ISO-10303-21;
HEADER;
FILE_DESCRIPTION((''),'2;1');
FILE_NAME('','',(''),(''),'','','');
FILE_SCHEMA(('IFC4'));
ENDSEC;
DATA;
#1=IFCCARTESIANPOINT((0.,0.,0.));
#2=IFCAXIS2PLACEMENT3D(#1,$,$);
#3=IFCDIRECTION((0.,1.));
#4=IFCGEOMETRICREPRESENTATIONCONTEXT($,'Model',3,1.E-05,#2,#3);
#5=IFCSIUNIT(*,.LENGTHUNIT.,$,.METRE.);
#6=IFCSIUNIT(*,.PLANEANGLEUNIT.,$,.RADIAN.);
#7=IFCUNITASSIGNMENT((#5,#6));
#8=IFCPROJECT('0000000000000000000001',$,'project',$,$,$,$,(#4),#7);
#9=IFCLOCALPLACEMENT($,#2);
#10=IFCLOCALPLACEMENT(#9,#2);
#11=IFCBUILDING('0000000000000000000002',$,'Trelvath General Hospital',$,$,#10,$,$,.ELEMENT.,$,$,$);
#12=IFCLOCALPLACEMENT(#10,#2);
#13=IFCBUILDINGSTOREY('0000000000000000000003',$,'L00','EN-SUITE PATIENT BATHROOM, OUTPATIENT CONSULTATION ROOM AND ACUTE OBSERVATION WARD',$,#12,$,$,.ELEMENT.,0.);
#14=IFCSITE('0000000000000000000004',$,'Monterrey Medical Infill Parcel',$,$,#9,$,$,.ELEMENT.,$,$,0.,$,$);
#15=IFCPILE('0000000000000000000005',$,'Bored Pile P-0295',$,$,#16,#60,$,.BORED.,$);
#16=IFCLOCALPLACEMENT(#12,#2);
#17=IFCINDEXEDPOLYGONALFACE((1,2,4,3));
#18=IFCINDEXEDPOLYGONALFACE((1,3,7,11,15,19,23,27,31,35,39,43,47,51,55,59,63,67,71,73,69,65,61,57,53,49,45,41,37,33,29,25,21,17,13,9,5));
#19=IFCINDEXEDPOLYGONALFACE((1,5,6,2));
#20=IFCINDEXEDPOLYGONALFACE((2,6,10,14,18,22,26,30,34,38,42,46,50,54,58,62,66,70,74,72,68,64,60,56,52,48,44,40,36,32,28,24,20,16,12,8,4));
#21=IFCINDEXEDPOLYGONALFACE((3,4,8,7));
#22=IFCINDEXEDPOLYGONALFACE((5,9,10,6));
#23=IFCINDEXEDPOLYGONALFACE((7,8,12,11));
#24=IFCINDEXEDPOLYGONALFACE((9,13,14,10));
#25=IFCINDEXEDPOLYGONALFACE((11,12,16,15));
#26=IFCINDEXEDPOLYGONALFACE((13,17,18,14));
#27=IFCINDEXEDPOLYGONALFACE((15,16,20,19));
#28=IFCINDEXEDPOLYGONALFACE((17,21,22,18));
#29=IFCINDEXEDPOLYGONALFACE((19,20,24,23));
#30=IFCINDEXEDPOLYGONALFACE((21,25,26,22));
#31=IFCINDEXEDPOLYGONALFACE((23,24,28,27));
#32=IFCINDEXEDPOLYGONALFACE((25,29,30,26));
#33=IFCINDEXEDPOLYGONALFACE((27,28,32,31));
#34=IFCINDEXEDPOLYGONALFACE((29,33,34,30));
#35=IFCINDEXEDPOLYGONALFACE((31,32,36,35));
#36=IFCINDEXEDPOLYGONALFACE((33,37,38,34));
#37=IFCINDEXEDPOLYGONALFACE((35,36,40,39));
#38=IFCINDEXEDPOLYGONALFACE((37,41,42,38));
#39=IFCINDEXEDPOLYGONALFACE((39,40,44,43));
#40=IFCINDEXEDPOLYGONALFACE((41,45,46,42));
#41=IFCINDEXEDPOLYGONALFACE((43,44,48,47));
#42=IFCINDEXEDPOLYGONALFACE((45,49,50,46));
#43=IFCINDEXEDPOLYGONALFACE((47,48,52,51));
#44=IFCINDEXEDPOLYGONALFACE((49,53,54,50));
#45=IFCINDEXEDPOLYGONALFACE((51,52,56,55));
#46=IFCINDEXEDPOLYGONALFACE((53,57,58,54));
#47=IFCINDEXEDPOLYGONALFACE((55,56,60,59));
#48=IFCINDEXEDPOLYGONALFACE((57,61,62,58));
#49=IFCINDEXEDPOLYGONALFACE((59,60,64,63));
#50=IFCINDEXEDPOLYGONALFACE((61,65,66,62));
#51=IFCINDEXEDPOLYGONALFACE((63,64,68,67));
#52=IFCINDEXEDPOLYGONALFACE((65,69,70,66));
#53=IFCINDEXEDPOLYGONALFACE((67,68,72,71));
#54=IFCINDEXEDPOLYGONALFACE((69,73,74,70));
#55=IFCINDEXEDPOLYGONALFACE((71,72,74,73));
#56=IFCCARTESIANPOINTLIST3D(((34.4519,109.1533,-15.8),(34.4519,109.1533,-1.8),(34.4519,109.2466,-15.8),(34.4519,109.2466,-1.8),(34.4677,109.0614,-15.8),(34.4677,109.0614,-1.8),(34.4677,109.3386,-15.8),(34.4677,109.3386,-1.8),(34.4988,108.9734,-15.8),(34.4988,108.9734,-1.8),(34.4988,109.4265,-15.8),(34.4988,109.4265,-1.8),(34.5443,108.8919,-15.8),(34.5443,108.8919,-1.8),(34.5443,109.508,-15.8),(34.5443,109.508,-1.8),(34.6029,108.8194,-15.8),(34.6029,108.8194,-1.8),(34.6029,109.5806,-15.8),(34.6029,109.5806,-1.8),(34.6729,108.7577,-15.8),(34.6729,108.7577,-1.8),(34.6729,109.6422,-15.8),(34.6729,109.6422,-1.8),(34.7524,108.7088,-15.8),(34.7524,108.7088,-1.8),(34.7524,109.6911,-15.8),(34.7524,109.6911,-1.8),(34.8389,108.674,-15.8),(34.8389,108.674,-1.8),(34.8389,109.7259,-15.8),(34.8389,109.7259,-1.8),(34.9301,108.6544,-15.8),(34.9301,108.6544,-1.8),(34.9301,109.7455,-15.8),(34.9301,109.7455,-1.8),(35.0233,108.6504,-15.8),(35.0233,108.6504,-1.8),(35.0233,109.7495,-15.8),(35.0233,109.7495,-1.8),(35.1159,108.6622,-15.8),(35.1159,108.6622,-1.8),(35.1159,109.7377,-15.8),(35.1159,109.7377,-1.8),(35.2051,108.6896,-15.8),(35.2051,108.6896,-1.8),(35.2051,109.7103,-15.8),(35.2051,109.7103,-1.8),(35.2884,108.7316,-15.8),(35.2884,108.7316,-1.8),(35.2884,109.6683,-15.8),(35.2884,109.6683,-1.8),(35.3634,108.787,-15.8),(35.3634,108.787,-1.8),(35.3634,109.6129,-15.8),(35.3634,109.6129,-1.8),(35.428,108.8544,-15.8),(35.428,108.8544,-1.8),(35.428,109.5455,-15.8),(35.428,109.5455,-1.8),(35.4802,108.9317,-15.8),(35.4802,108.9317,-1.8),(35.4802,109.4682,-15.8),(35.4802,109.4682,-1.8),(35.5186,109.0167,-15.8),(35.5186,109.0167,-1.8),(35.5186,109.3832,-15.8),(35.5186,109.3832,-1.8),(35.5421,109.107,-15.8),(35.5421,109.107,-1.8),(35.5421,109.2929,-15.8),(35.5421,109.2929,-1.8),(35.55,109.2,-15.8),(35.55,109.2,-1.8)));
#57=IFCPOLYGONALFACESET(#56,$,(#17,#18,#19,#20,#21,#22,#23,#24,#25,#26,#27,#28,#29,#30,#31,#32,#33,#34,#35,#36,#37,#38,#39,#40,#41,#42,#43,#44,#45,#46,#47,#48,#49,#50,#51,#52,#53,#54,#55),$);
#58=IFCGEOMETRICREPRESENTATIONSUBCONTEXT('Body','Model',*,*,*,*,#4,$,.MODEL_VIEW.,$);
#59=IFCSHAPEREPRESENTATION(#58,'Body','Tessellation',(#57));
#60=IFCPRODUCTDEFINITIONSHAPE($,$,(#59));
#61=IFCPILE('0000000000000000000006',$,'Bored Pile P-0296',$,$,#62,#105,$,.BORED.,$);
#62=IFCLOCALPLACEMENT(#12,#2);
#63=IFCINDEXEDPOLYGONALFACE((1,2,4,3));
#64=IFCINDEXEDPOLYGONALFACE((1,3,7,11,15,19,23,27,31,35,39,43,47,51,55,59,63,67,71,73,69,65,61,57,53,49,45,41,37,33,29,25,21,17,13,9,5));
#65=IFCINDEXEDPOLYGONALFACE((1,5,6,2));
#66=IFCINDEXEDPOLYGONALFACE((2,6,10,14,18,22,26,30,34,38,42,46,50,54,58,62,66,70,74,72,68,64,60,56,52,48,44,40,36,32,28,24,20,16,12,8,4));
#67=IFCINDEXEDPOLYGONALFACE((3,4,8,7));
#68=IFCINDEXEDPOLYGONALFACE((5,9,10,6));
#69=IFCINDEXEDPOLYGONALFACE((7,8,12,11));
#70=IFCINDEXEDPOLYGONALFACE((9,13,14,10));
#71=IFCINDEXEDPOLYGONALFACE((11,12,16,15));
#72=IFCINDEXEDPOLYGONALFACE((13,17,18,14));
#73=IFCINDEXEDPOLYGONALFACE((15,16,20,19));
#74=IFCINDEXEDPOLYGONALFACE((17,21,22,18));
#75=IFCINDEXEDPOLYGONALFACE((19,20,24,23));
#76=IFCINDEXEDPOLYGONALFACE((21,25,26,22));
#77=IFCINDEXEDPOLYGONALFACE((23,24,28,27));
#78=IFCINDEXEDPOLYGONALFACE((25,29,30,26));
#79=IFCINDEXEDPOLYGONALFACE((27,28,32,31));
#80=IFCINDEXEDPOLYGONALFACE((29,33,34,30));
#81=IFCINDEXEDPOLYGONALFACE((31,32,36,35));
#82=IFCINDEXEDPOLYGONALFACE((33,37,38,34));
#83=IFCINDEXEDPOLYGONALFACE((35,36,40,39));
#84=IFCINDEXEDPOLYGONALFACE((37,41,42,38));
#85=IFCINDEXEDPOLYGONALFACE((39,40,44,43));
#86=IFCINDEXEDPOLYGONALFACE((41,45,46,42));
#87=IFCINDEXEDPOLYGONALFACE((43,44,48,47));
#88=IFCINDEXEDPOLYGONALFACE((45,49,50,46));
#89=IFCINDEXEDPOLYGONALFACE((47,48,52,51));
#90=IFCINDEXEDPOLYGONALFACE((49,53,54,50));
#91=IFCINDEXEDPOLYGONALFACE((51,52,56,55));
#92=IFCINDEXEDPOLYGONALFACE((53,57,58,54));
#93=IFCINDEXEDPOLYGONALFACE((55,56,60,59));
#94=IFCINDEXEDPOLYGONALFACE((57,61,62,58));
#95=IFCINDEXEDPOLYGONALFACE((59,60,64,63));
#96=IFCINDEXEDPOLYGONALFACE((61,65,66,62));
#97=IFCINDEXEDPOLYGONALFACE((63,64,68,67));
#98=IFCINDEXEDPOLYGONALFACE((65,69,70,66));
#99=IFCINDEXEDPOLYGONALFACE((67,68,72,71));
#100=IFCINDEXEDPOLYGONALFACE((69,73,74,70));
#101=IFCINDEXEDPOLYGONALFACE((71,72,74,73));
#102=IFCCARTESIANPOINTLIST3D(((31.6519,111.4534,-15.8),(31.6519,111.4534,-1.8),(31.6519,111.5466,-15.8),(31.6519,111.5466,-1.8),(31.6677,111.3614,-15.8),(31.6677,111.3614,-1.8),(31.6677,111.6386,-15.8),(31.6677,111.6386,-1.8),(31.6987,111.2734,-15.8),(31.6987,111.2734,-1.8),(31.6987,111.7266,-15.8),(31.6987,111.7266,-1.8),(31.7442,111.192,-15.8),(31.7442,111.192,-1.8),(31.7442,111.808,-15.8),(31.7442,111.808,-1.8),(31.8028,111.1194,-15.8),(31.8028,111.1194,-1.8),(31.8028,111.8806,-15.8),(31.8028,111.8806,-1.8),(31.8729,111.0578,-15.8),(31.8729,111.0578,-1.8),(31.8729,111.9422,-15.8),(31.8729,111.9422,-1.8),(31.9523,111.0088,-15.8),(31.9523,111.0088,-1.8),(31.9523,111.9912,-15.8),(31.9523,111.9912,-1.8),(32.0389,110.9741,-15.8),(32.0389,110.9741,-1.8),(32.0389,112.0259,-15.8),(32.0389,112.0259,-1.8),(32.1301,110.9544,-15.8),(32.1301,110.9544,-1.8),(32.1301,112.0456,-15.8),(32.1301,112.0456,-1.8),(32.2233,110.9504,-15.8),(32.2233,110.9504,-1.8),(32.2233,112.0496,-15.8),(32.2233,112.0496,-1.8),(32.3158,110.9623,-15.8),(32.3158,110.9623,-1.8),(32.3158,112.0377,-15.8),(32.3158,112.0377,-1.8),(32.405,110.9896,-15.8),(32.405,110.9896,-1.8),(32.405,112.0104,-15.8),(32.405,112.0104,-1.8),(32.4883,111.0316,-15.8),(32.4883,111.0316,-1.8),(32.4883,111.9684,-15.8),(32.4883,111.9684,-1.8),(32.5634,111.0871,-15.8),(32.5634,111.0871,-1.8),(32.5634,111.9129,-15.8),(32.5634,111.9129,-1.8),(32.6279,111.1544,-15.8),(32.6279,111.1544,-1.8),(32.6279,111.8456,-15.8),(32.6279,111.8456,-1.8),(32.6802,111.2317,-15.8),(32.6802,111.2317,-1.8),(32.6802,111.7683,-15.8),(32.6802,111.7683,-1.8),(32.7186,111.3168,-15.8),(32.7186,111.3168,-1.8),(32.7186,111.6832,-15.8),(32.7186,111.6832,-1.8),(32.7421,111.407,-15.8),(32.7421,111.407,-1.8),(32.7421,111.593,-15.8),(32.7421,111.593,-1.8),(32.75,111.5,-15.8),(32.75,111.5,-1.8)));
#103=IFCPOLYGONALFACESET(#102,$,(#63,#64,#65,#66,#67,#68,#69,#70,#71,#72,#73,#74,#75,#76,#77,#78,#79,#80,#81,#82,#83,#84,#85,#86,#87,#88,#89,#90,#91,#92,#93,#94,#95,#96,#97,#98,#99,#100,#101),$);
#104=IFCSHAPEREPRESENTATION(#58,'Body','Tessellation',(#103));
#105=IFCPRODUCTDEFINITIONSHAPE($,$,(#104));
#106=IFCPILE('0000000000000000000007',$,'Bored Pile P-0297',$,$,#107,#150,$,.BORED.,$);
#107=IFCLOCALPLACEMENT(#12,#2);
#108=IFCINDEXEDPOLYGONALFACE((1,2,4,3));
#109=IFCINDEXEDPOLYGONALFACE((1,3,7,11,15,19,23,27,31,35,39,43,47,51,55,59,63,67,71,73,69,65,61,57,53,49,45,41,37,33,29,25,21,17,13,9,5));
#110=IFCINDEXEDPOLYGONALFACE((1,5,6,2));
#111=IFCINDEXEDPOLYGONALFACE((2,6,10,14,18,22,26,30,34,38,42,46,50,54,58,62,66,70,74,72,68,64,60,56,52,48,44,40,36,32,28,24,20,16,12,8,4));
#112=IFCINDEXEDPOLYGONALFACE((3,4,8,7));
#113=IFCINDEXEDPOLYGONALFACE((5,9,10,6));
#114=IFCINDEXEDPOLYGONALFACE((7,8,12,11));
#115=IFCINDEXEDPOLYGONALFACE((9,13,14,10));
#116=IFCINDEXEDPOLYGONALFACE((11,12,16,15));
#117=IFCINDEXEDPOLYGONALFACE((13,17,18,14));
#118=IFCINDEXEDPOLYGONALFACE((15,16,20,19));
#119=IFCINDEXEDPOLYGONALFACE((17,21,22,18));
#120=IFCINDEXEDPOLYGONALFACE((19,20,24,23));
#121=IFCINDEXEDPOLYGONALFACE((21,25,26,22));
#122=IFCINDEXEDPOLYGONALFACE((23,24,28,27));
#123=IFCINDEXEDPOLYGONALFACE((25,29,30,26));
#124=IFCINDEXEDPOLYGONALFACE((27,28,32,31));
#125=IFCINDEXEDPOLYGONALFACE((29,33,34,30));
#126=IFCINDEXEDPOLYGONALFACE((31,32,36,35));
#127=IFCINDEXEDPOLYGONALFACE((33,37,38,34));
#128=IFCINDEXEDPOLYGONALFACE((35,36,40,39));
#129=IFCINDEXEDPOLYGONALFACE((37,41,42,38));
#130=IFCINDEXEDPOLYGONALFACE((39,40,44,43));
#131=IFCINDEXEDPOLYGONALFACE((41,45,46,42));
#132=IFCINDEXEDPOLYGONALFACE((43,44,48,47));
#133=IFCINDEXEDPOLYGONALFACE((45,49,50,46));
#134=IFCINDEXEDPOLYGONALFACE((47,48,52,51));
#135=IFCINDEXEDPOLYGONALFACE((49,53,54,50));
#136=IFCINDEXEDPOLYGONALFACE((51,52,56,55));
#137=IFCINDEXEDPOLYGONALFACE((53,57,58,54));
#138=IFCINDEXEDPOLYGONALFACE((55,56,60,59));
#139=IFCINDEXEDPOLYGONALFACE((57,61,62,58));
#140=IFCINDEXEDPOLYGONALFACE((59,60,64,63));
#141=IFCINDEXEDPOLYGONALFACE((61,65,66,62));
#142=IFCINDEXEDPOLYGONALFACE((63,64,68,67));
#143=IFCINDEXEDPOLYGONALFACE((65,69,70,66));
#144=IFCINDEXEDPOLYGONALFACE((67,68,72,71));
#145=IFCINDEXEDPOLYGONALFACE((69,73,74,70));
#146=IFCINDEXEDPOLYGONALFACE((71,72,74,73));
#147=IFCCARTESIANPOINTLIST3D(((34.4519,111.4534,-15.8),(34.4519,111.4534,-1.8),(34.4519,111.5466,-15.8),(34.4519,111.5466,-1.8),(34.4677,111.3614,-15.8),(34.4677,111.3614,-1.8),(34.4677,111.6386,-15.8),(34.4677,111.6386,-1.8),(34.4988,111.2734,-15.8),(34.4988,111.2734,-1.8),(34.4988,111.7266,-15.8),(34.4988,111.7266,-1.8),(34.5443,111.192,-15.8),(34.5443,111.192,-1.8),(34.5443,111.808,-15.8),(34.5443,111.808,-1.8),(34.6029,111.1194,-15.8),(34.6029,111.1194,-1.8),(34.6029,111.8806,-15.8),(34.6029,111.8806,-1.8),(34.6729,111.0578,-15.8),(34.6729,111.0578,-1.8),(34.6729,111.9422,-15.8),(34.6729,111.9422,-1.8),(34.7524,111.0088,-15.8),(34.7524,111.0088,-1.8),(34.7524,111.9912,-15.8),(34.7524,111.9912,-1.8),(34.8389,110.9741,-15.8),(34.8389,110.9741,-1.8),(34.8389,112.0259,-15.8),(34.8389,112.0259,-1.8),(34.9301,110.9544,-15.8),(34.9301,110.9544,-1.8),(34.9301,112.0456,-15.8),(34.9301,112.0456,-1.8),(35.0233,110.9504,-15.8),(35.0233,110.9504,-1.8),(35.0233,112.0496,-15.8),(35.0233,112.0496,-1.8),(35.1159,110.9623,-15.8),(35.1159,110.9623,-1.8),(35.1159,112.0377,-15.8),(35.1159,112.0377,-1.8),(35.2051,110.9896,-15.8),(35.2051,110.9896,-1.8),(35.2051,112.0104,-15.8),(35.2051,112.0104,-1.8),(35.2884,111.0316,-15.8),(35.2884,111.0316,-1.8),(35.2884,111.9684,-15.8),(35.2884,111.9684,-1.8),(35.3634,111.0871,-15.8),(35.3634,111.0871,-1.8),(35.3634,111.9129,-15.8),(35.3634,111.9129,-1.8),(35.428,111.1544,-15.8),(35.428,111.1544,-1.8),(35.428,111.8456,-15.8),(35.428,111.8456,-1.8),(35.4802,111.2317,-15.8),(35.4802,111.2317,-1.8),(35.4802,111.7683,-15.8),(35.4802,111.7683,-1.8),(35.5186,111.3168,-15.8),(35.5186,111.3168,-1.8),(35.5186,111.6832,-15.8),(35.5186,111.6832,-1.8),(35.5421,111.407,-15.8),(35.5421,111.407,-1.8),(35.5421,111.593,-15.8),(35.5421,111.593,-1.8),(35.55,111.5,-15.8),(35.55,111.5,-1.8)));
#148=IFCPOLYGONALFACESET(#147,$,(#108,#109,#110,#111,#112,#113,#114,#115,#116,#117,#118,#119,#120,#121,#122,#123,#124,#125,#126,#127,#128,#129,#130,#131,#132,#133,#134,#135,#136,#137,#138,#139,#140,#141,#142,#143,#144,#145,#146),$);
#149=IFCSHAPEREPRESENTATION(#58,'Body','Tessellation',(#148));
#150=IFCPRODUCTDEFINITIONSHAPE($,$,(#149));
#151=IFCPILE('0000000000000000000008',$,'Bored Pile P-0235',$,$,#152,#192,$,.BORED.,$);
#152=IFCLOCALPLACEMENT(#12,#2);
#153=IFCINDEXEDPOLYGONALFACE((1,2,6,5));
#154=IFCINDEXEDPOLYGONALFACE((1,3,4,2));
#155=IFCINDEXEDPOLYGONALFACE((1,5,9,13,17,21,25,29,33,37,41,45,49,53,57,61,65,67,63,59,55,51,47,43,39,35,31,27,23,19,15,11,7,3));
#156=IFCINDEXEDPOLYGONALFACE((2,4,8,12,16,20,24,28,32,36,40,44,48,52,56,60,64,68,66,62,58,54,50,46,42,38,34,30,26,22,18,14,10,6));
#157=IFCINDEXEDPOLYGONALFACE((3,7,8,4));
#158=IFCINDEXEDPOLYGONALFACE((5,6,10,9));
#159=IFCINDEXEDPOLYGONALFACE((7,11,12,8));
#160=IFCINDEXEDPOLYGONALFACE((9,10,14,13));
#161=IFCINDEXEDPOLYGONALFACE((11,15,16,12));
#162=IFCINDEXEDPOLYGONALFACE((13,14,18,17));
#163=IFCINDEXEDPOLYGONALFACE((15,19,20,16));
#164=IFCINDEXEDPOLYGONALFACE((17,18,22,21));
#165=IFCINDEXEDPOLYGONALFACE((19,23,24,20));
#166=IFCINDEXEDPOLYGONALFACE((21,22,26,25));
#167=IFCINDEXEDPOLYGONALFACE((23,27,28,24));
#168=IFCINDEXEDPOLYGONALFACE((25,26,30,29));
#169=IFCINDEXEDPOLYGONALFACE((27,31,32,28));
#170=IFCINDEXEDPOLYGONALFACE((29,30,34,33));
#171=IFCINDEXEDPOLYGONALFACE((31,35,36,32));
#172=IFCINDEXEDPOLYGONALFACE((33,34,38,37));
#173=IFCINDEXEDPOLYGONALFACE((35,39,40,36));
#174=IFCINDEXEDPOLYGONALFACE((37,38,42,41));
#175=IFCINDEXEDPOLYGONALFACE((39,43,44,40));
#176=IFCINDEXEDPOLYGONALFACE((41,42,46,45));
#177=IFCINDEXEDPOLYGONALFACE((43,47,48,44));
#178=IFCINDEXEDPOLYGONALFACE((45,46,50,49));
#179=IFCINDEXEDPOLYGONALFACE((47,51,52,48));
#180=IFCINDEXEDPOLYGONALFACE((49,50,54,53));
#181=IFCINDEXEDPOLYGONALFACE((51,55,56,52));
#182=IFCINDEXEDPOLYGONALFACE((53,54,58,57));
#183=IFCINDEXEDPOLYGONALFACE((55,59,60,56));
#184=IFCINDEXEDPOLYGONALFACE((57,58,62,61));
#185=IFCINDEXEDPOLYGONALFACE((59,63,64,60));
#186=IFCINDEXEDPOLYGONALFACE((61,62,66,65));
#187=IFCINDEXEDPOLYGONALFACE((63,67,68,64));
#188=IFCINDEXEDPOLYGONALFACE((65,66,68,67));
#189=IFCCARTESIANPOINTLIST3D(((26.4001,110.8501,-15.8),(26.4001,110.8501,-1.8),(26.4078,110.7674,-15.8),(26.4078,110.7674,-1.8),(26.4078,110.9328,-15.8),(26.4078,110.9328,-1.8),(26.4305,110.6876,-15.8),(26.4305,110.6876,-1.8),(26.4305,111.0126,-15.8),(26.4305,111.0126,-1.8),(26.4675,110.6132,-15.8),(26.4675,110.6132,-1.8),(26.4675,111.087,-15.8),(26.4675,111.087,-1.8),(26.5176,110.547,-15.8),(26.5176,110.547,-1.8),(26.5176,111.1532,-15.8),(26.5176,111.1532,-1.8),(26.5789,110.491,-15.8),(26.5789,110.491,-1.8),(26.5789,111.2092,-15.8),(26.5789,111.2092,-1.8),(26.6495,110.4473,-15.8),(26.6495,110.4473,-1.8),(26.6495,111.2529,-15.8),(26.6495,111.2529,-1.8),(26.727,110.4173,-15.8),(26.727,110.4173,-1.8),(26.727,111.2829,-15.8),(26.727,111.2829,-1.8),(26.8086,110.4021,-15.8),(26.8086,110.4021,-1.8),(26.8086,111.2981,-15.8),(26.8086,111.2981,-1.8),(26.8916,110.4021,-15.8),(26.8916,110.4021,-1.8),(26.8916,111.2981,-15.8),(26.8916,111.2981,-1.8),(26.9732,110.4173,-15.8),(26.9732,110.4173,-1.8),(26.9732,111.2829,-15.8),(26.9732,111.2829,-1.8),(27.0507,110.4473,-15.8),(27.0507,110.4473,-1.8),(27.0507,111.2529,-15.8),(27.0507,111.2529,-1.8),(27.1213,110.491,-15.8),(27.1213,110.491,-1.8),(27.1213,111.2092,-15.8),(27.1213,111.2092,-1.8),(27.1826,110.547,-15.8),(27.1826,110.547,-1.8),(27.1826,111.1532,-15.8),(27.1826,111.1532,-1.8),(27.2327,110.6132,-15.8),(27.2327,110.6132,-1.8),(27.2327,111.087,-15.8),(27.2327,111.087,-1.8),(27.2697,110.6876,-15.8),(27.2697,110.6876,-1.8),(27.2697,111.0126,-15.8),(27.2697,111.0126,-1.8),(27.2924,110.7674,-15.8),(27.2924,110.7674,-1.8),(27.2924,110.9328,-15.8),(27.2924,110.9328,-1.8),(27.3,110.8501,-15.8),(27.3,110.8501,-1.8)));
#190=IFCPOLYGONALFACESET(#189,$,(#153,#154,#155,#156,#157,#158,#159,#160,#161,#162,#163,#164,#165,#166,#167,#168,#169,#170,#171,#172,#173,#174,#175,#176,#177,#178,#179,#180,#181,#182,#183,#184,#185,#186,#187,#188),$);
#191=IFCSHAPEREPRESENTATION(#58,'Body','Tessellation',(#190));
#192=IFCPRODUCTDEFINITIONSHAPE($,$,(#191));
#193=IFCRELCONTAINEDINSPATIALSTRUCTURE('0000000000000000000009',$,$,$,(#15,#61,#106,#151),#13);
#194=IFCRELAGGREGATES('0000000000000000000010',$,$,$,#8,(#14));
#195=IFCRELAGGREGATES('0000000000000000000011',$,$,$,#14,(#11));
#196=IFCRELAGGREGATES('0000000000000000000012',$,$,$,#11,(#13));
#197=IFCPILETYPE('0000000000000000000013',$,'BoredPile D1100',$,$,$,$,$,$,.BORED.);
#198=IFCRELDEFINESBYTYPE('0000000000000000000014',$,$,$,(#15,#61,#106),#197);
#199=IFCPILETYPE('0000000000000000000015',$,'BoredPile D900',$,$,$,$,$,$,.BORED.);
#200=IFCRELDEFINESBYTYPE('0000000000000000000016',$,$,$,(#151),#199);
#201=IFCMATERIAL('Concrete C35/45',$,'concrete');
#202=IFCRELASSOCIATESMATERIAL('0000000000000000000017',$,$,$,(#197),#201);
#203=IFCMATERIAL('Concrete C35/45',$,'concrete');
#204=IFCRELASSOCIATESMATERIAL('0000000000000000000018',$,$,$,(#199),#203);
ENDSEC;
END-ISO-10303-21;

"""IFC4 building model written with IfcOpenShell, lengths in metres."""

from ifc_helpers import new_model, si_unit, direction, frame, origin, origin_2d, place, context, subcontext, project, spatial, circle, extrude, material, material_profile, profile_set, type_object, element, save


model = new_model("IFC4")

# Units and contexts
model_context = context("Model", 3, precision=1e-05, world=origin(), true_north=direction((0.0, 1.0)))
body_context = subcontext(model_context, "Body", "Model", "MODEL_VIEW")
ifc_project = project(units=[si_unit("LENGTHUNIT", "METRE"), si_unit("PLANEANGLEUNIT", "RADIAN")], contexts=[model_context])

# Site, building, storey
site_placement = place(None, origin())
site = spatial("IfcSite", under=ifc_project, at=site_placement, Name="Monterrey Medical Infill Parcel", CompositionType="ELEMENT", RefElevation=0.0)
building_placement = place(site_placement, origin())
building = spatial("IfcBuilding", under=site, at=building_placement, Name="Trelvath General Hospital", CompositionType="ELEMENT")
storey_placement = place(building_placement, origin())
storey = spatial("IfcBuildingStorey", under=building, at=storey_placement, Name="L00", Description="EN-SUITE PATIENT BATHROOM, OUTPATIENT CONSULTATION ROOM AND ACUTE OBSERVATION WARD", CompositionType="ELEMENT", Elevation=0.0)

# Piles
ifc_material_1 = material(Name="Concrete C35/45", Category="concrete")
ifc_material_profile_1 = material_profile(ifc_material_1, circle(Radius=0.55, at=origin_2d()), Name="PILE1100")
ifc_profile_set_1 = profile_set([ifc_material_profile_1], Name="Concrete C35/45")
pile_type_1 = type_object("IfcPileType", Name="BoredPile D1100", PredefinedType="BORED", material=ifc_profile_set_1)
for number, where, z_axis, x_axis, name in (
    (1, (35.0, 109.2, -1.8), (0.0, 0.0, -1.0), (1.0, 0.0, 0.0), "Bored Pile P-0295"),
    (2, (32.2, 111.5, -1.8), (0.0, 0.0, -1.0), (1.0, 0.0, 0.0), "Bored Pile P-0296"),
    (3, (35.0, 111.5, -1.8), (0.0, 0.0, -1.0), (1.0, 0.0, 0.0), "Bored Pile P-0297"),
):
    element("IfcPile", number, at=place(storey_placement, frame(where, z_axis=z_axis, x_axis=x_axis)), inside=storey, type_object=pile_type_1, Name=name, PredefinedType="BORED", context=body_context, shape_type="SweptSolid", body=[
        extrude(circle(Radius=0.55, at=origin_2d()), origin(), (0.0, 0.0, 1.0), 14.0),
    ])
ifc_material_2 = material(Name="Concrete C35/45", Category="concrete")
ifc_material_profile_2 = material_profile(ifc_material_2, circle(Radius=0.45, at=origin_2d()), Name="PILE900")
ifc_profile_set_2 = profile_set([ifc_material_profile_2], Name="Concrete C35/45")
pile_type_2 = type_object("IfcPileType", Name="BoredPile D900", PredefinedType="BORED", material=ifc_profile_set_2)
for number, where, z_axis, x_axis, name in (
    (4, (26.8501, 110.8501, -1.8), (0.0, 0.0, -1.0), (1.0, 0.0, 0.0), "Bored Pile P-0235"),
):
    element("IfcPile", number, at=place(storey_placement, frame(where, z_axis=z_axis, x_axis=x_axis)), inside=storey, type_object=pile_type_2, Name=name, PredefinedType="BORED", context=body_context, shape_type="SweptSolid", body=[
        extrude(circle(Radius=0.45, at=origin_2d()), origin(), (0.0, 0.0, 1.0), 14.0),
    ])

save(model, "model.ifc")
